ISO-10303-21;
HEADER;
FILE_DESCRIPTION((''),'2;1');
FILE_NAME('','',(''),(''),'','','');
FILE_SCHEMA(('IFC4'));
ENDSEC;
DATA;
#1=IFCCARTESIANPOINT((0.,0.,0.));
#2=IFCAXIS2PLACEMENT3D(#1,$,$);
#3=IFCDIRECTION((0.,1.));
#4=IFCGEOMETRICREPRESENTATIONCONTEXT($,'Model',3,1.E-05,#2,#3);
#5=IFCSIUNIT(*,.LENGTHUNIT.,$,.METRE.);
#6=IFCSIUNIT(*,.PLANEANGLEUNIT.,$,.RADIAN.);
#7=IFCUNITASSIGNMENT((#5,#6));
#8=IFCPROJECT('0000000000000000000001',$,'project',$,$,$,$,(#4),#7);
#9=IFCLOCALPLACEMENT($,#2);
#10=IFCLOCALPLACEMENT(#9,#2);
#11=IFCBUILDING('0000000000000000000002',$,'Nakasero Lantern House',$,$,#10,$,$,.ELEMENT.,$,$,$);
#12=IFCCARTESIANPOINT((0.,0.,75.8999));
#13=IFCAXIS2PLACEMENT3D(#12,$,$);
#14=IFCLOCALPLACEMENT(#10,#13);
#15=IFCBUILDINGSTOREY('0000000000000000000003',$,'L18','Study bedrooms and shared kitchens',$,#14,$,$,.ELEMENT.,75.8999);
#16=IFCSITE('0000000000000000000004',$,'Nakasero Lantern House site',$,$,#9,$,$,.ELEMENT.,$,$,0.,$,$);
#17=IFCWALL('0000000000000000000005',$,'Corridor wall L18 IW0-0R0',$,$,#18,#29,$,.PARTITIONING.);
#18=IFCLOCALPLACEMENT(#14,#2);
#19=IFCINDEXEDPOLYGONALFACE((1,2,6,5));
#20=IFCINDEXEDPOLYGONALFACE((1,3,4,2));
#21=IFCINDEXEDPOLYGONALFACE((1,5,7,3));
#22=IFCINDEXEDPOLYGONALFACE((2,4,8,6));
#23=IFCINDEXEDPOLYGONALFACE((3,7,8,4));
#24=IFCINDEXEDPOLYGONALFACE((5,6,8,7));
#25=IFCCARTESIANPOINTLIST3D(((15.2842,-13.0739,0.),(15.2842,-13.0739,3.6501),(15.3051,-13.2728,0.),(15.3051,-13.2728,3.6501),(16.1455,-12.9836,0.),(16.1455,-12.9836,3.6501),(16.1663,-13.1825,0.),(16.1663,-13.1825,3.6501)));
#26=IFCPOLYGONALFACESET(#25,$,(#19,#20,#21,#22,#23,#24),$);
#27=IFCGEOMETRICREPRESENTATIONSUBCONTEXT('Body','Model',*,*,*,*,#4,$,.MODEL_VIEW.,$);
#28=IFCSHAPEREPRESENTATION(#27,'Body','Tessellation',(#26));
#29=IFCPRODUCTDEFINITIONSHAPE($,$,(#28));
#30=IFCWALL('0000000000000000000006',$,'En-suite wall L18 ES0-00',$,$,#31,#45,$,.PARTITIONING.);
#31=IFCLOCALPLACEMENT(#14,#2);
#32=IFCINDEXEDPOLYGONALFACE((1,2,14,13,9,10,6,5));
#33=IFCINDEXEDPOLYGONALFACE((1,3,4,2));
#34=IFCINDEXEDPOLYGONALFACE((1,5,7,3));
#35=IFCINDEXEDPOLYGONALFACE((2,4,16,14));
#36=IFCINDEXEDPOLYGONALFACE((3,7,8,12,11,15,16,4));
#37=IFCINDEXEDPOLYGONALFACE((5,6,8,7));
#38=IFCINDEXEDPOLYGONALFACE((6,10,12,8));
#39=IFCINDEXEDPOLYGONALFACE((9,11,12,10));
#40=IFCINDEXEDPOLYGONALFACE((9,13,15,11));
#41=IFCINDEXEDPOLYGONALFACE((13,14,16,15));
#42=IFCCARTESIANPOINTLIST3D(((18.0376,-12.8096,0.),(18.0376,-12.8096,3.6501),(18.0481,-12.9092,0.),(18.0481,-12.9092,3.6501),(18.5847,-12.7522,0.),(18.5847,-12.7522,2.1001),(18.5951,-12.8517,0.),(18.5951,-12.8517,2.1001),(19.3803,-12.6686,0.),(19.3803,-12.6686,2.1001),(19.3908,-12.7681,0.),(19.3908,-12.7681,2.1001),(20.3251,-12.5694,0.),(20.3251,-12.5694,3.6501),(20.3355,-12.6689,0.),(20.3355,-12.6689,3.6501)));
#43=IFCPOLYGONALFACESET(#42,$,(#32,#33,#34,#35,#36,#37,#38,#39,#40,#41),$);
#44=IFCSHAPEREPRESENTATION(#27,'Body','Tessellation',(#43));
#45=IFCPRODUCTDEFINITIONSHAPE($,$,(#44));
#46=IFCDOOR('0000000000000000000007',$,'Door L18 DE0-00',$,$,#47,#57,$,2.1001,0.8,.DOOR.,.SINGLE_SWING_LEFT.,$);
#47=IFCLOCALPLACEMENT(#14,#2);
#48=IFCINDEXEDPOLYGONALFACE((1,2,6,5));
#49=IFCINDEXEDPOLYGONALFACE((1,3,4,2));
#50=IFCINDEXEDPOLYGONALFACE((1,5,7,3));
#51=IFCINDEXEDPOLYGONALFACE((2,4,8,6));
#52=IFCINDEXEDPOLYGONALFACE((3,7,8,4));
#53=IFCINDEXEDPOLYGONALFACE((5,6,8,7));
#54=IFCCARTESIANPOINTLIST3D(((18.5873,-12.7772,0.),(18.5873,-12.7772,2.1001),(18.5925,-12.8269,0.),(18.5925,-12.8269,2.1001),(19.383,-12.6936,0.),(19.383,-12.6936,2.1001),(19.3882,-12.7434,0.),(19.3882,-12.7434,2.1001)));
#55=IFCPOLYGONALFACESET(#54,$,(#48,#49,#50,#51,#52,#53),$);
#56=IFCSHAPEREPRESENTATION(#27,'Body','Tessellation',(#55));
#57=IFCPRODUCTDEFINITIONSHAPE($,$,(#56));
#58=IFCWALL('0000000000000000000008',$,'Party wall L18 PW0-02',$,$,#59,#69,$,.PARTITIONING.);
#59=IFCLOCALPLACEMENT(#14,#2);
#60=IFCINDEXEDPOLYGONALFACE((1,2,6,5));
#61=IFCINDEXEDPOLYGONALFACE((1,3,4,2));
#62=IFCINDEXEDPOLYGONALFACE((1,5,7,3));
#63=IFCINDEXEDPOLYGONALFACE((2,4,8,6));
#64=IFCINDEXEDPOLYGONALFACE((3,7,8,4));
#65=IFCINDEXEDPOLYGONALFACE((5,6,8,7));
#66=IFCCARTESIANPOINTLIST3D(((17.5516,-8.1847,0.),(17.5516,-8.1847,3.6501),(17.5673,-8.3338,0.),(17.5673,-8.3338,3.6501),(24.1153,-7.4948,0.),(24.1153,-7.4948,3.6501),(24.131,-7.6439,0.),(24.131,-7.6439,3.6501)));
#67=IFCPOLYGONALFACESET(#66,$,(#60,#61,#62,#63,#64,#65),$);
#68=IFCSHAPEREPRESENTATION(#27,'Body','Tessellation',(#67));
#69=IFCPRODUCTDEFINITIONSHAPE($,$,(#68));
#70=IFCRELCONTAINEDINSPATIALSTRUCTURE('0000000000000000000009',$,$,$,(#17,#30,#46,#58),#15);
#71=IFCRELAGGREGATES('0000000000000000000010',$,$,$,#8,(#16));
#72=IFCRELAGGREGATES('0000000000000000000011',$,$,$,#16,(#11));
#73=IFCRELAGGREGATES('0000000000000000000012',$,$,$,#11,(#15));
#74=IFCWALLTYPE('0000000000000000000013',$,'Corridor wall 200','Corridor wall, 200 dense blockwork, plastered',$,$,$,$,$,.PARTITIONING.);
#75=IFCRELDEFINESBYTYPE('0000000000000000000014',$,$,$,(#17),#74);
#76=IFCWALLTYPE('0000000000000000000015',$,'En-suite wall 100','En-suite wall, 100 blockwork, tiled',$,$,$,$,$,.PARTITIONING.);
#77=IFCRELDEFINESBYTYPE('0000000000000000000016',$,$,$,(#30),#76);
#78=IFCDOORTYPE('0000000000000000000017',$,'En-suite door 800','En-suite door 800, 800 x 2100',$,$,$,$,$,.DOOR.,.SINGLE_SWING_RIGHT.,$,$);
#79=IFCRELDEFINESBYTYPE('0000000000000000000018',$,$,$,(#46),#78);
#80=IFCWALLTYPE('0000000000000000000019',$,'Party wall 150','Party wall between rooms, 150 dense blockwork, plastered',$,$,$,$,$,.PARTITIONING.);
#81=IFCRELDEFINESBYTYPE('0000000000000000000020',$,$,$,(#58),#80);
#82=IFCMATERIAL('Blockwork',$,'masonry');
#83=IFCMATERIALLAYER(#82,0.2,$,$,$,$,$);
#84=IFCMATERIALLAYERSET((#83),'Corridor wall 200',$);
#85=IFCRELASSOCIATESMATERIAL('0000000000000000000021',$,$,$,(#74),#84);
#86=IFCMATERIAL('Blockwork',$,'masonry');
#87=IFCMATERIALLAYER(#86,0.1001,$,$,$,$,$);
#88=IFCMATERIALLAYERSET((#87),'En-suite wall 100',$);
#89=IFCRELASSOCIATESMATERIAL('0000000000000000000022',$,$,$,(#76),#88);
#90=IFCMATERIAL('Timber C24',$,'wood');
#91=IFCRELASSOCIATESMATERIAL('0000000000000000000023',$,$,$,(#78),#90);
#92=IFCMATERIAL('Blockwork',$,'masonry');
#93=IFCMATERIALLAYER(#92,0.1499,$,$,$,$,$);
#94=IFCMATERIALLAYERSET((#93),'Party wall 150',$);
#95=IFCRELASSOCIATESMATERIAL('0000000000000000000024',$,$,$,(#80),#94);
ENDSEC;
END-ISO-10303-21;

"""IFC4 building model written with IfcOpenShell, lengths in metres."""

from ifc_helpers import new_model, si_unit, direction, frame, frame_2d, origin, place, context, subcontext, project, spatial, rectangle, extrude, material, layer, layer_set, type_object, element, fill, save


model = new_model("IFC4")

# Units and contexts
model_context = context("Model", 3, precision=1e-05, world=origin(), true_north=direction((0.0, 1.0)))
body_context = subcontext(model_context, "Body", "Model", "MODEL_VIEW")
ifc_project = project(units=[si_unit("LENGTHUNIT", "METRE"), si_unit("PLANEANGLEUNIT", "RADIAN")], contexts=[model_context])

# Site, building, storey
site_placement = place(None, origin())
site = spatial("IfcSite", under=ifc_project, at=site_placement, Name="Nakasero Lantern House site", CompositionType="ELEMENT", RefElevation=0.0)
building_placement = place(site_placement, origin())
building = spatial("IfcBuilding", under=site, at=building_placement, Name="Nakasero Lantern House", CompositionType="ELEMENT")
storey_placement = place(building_placement, frame((0.0, 0.0, 75.8999)))
storey = spatial("IfcBuildingStorey", under=building, at=storey_placement, Name="L18", Description="Study bedrooms and shared kitchens", CompositionType="ELEMENT", Elevation=75.8999)

# Shared definitions
ifc_material_1 = material(Name="Blockwork", Category="masonry")
ifc_layer_1 = layer(ifc_material_1, 0.2)
ifc_layer_set_1 = layer_set([ifc_layer_1], Name="Corridor wall 200")
wall_type_1 = type_object("IfcWallType", Name="Corridor wall 200", Description="Corridor wall, 200 dense blockwork, plastered", PredefinedType="PARTITIONING", material=ifc_layer_set_1)

# Wall
wall_1_placement = place(storey_placement, frame((16.156, -13.083, 0.0), z_axis=(0.0, 0.0, 1.0), x_axis=(-0.994546, -0.104303, 0.0)))
element("IfcWall", 1, at=wall_1_placement, inside=storey, type_object=wall_type_1, Name="Corridor wall L18 IW0-0R0", PredefinedType="PARTITIONING", context=body_context, shape_type="SweptSolid", body=[
    extrude(rectangle(XDim=0.866, YDim=0.2, at=frame_2d((0.4331, 0.0))), origin(), (0.0, 0.0, 1.0), 3.6501),
])

# Wall, opening, door
ifc_material_2 = material(Name="Blockwork", Category="masonry")
ifc_layer_2 = layer(ifc_material_2, 0.1001)
ifc_layer_set_2 = layer_set([ifc_layer_2], Name="En-suite wall 100")
wall_type_2 = type_object("IfcWallType", Name="En-suite wall 100", Description="En-suite wall, 100 blockwork, tiled", PredefinedType="PARTITIONING", material=ifc_layer_set_2)
wall_2_placement = place(storey_placement, frame((18.043, -12.8594, 0.0), z_axis=(0.0, 0.0, 1.0), x_axis=(0.99453, 0.104453, 0.0)))
wall_2 = element("IfcWall", 2, at=wall_2_placement, inside=storey, type_object=wall_type_2, Name="En-suite wall L18 ES0-00", PredefinedType="PARTITIONING", context=body_context, shape_type="SweptSolid", body=[
    extrude(rectangle(XDim=2.3, YDim=0.1001, at=frame_2d((1.1499, 0.0))), origin(), (0.0, 0.0, 1.0), 3.6501),
])
opening_1_placement = place(wall_2_placement, frame((0.55, 0.0, 0.0)))
opening_1 = element("IfcOpeningElement", 3, at=opening_1_placement, cuts=wall_2, PredefinedType="OPENING", context=body_context, shape_type="SweptSolid", body=[
    extrude(rectangle(XDim=0.8, YDim=2.1001, at=frame_2d((0.3999, 1.05))), frame((0.0, 0.0701, 0.0), z_axis=(0.0, -1.0, 0.0), x_axis=(1.0, 0.0, 0.0)), (0.0, 0.0, 1.0), 0.1401),
])
ifc_material_3 = material(Name="Timber C24", Category="wood")
door_type_1 = type_object("IfcDoorType", Name="En-suite door 800", Description="En-suite door 800, 800 x 2100", OperationType="SINGLE_SWING_RIGHT", PredefinedType="DOOR", material=ifc_material_3)
door_1_placement = place(opening_1_placement, origin())
door_1 = element("IfcDoor", 4, at=door_1_placement, inside=storey, type_object=door_type_1, Name="Door L18 DE0-00", OperationType="SINGLE_SWING_LEFT", OverallHeight=2.1001, OverallWidth=0.8, PredefinedType="DOOR", context=body_context, shape_type="SweptSolid", body=[
    extrude(rectangle(XDim=0.8, YDim=2.1001, at=frame_2d((0.3999, 1.05))), frame((0.0, 0.0249, 0.0), z_axis=(0.0, -1.0, 0.0), x_axis=(1.0, 0.0, 0.0)), (0.0, 0.0, 1.0), 0.05),
])
fill(opening_1, door_1)

# Wall
ifc_material_4 = material(Name="Blockwork", Category="masonry")
ifc_layer_3 = layer(ifc_material_4, 0.1499)
ifc_layer_set_3 = layer_set([ifc_layer_3], Name="Party wall 150")
wall_type_3 = type_object("IfcWallType", Name="Party wall 150", Description="Party wall between rooms, 150 dense blockwork, plastered", PredefinedType="PARTITIONING", material=ifc_layer_set_3)
wall_3_placement = place(storey_placement, frame((17.5596, -8.2593, 0.0), z_axis=(0.0, 0.0, 1.0), x_axis=(0.994521, 0.104538, 0.0)))
element("IfcWall", 5, at=wall_3_placement, inside=storey, type_object=wall_type_3, Name="Party wall L18 PW0-02", PredefinedType="PARTITIONING", context=body_context, shape_type="SweptSolid", body=[
    extrude(rectangle(XDim=6.5999, YDim=0.1499, at=frame_2d((3.2998, 0.0))), origin(), (0.0, 0.0, 1.0), 3.6501),
])

save(model, "model.ifc")
